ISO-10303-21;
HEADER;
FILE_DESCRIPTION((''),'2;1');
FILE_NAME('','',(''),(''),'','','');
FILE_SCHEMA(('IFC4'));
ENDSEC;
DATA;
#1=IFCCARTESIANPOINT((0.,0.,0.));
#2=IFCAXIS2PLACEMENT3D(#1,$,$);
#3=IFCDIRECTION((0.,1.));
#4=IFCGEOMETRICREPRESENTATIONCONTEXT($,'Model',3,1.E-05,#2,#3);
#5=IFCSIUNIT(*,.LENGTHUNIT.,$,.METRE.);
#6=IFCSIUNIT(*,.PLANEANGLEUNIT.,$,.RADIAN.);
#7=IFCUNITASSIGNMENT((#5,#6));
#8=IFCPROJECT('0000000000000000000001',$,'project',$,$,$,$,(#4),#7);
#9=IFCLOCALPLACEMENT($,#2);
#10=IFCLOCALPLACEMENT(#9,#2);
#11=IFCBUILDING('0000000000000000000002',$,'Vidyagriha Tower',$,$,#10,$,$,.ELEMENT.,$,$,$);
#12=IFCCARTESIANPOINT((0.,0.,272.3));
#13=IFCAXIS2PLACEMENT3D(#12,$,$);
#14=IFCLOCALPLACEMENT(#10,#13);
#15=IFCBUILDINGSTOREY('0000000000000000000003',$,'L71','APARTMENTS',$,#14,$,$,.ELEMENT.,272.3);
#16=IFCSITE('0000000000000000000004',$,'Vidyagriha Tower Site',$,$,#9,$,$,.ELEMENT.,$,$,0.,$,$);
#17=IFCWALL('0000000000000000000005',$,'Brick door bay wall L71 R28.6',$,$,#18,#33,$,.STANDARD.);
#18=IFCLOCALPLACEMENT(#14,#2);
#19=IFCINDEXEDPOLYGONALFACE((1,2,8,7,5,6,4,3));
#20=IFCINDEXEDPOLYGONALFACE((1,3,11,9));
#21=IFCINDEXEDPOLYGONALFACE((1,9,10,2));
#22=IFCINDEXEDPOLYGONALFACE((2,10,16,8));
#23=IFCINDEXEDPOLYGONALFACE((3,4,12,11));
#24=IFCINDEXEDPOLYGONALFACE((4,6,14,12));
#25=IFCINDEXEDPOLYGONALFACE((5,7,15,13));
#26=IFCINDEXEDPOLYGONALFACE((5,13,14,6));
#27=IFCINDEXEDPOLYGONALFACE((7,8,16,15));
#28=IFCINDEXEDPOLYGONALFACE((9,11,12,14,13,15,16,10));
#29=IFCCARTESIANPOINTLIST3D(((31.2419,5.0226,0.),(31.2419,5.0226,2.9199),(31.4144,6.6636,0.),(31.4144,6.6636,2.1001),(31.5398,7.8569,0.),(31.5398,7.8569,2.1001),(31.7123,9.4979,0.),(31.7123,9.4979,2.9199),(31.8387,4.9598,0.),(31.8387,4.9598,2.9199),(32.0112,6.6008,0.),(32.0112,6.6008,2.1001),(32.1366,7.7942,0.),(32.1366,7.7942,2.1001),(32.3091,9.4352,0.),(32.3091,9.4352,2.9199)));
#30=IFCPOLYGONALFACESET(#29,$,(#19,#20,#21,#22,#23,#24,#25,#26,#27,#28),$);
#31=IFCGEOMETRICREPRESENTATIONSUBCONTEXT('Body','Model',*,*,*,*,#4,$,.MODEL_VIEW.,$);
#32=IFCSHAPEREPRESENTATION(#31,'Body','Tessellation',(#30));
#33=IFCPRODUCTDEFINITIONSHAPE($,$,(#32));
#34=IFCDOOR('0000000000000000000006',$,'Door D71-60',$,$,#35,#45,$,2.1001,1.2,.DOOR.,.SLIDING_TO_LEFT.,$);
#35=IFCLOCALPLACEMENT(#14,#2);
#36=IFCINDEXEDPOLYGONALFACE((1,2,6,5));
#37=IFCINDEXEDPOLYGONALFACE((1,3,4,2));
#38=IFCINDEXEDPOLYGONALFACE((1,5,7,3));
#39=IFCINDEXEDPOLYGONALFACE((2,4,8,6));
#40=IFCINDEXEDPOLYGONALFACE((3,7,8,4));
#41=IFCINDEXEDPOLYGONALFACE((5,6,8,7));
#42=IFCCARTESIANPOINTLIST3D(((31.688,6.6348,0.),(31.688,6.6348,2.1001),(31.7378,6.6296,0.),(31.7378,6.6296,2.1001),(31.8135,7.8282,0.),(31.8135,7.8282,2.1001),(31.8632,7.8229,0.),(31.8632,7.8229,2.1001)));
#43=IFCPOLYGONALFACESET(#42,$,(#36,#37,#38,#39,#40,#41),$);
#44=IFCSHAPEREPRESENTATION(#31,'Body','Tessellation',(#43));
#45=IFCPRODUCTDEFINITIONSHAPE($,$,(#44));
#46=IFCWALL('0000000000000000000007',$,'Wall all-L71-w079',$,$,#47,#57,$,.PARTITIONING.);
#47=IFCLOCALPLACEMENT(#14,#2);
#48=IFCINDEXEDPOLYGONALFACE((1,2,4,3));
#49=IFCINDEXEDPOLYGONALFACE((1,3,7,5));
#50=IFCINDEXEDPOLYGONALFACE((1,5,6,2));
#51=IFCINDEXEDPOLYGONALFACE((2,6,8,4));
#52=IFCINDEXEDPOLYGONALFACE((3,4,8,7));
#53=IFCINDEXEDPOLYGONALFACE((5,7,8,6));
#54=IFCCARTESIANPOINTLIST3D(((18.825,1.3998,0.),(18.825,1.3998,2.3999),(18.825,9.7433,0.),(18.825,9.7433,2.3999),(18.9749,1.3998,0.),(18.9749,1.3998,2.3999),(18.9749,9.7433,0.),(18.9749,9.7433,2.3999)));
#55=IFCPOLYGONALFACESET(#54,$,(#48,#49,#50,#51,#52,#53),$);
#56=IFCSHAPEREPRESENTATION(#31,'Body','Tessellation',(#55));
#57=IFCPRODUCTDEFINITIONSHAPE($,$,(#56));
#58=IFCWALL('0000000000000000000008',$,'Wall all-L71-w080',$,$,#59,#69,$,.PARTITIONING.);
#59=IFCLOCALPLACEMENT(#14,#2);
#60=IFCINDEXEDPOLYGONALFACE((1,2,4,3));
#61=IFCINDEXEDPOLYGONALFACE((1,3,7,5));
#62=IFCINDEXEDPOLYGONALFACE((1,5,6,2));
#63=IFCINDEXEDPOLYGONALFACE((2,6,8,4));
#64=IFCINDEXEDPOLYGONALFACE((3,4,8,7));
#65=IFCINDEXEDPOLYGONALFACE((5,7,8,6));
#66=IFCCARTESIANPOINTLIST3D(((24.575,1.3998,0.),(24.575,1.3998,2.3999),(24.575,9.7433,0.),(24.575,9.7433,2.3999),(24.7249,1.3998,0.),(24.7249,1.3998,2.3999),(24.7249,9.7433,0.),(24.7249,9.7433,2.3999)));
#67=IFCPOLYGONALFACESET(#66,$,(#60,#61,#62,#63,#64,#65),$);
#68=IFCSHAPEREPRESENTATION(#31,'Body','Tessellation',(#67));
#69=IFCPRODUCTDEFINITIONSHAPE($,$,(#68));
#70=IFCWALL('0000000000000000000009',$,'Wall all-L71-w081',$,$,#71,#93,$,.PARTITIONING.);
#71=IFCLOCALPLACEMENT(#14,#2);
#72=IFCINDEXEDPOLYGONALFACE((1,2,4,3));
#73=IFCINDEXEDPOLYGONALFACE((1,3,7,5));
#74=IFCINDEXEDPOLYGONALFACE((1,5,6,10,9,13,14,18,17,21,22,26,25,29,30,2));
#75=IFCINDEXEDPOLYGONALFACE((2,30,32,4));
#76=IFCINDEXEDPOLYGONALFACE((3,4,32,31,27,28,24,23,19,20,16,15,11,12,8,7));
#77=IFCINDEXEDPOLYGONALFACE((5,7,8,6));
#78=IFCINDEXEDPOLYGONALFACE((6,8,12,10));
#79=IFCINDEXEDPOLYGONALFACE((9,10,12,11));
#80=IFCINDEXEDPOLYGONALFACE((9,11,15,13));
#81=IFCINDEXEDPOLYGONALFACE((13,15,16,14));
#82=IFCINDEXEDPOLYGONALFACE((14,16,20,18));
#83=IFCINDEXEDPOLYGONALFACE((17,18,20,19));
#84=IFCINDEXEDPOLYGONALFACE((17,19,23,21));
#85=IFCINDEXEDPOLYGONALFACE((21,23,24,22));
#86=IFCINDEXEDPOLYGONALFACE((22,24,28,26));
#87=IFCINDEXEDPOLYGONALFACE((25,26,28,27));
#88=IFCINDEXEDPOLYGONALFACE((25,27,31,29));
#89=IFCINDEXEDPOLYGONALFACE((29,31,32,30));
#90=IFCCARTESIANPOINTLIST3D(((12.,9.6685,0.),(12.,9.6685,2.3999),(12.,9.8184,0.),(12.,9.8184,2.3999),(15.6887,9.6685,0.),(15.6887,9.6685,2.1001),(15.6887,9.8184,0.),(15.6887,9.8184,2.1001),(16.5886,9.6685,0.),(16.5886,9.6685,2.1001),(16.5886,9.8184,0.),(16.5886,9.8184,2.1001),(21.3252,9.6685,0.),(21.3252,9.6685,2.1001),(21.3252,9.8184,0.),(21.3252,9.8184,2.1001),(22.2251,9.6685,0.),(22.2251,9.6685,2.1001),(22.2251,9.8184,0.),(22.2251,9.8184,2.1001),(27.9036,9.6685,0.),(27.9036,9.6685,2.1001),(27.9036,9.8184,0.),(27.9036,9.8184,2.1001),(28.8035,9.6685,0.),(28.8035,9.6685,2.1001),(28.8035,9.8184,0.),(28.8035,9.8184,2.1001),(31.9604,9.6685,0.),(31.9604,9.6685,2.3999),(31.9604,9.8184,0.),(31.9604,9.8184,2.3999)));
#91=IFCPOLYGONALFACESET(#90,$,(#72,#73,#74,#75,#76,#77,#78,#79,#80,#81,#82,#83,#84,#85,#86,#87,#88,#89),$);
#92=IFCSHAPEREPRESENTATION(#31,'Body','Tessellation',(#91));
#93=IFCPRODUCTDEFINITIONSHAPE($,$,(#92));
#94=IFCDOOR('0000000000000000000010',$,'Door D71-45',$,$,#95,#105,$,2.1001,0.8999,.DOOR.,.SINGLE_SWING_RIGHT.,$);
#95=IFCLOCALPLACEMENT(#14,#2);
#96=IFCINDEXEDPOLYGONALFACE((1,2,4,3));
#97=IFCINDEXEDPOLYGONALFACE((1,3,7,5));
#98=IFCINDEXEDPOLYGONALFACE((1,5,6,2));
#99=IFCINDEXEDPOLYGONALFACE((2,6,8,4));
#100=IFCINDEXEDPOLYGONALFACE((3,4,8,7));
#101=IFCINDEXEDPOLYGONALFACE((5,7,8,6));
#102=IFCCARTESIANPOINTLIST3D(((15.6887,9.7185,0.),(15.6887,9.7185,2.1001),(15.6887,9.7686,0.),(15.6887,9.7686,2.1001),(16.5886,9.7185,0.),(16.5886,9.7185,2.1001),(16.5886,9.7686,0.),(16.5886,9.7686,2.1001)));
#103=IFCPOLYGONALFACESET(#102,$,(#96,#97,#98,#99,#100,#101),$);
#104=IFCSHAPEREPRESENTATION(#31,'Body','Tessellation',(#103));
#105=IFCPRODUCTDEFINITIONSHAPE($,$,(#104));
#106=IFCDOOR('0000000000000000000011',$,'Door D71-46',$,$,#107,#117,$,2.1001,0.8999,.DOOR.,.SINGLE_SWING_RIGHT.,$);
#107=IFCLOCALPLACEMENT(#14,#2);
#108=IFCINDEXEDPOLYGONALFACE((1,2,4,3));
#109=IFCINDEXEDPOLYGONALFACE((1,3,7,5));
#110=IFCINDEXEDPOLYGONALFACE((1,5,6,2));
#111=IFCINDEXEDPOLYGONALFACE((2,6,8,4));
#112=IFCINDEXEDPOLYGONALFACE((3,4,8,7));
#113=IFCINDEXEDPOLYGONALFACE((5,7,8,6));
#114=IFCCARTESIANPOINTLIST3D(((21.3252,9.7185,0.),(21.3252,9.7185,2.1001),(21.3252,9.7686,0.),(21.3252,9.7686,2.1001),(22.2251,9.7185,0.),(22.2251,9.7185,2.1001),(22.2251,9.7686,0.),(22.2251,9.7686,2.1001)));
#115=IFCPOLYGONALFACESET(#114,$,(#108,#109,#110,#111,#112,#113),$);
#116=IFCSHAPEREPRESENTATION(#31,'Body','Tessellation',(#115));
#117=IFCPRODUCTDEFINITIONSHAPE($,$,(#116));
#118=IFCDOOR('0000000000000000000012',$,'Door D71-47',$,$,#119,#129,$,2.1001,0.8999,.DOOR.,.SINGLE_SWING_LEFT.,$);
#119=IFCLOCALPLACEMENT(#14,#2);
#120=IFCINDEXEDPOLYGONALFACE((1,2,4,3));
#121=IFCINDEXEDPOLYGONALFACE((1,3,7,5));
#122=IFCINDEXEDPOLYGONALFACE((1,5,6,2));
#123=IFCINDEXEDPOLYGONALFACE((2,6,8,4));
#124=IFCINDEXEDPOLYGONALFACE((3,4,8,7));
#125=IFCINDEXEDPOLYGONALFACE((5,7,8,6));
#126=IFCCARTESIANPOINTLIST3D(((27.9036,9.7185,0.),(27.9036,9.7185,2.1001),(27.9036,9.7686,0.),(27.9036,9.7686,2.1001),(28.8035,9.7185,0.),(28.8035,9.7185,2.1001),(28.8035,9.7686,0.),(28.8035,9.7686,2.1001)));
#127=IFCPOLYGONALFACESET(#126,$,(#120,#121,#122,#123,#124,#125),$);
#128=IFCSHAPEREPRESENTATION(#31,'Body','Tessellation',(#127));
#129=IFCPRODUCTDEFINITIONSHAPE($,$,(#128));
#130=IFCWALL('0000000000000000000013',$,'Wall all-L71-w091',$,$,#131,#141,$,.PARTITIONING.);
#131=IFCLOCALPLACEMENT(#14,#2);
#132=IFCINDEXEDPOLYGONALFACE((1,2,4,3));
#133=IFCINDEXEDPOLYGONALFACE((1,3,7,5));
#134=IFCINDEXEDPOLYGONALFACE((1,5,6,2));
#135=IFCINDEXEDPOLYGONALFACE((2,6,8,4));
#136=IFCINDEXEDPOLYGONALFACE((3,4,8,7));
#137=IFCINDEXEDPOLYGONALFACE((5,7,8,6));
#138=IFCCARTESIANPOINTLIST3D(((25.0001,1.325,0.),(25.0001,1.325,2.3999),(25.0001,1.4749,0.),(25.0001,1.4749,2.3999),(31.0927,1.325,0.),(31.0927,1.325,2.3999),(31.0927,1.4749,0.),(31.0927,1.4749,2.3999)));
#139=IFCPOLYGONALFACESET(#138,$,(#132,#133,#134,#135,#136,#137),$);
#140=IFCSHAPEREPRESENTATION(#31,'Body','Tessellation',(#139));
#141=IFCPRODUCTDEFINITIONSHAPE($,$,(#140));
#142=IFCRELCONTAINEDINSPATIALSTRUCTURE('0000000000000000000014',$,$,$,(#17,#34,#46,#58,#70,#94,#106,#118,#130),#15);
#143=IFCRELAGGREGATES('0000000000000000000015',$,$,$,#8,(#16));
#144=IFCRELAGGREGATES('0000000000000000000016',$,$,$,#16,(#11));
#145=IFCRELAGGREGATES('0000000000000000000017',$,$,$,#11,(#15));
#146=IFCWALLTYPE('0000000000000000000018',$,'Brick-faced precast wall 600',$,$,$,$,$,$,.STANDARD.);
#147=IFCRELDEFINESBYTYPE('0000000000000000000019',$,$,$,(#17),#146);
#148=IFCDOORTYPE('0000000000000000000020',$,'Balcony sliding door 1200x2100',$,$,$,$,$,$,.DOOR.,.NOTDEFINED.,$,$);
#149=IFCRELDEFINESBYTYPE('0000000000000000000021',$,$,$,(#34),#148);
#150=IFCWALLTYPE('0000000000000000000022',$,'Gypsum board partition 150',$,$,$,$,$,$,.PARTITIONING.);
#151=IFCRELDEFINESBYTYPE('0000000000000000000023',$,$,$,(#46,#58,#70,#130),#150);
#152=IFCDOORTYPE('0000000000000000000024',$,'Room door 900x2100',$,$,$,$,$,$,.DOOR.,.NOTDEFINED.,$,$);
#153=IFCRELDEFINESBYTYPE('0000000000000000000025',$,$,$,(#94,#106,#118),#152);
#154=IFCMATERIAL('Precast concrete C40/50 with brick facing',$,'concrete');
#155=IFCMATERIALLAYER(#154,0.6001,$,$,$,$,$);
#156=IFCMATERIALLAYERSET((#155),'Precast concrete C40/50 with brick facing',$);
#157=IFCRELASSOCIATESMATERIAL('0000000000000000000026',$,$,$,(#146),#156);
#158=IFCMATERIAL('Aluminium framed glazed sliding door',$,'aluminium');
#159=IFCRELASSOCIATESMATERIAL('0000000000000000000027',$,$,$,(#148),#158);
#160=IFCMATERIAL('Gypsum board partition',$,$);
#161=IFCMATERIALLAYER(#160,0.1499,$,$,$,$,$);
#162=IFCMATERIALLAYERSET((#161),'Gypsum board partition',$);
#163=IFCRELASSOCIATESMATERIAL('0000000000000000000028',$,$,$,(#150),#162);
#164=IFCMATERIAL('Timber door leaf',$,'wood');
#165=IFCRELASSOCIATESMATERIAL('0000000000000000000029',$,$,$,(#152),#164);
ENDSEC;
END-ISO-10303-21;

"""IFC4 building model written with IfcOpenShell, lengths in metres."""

from ifc_helpers import new_model, si_unit, direction, frame, frame_2d, origin, place, context, subcontext, project, spatial, rectangle, extrude, material, layer, layer_set, type_object, element, fill, save


model = new_model("IFC4")

# Units and contexts
model_context = context("Model", 3, precision=1e-05, world=origin(), true_north=direction((0.0, 1.0)))
body_context = subcontext(model_context, "Body", "Model", "MODEL_VIEW")
ifc_project = project(units=[si_unit("LENGTHUNIT", "METRE"), si_unit("PLANEANGLEUNIT", "RADIAN")], contexts=[model_context])

# Site, building, storey
site_placement = place(None, origin())
site = spatial("IfcSite", under=ifc_project, at=site_placement, Name="Vidyagriha Tower Site", CompositionType="ELEMENT", RefElevation=0.0)
building_placement = place(site_placement, origin())
building = spatial("IfcBuilding", under=site, at=building_placement, Name="Vidyagriha Tower", CompositionType="ELEMENT")
storey_placement = place(building_placement, frame((0.0, 0.0, 272.3)))
storey = spatial("IfcBuildingStorey", under=building, at=storey_placement, Name="L71", Description="APARTMENTS", CompositionType="ELEMENT", Elevation=272.3)

# Wall, opening, door
ifc_material_1 = material(Name="Precast concrete C40/50 with brick facing", Category="concrete")
ifc_layer_1 = layer(ifc_material_1, 0.6001)
ifc_layer_set_1 = layer_set([ifc_layer_1], Name="Precast concrete C40/50 with brick facing")
wall_type_1 = type_object("IfcWallType", Name="Brick-faced precast wall 600", PredefinedType="STANDARD", material=ifc_layer_set_1)
wall_1_placement = place(storey_placement, frame((31.5403, 4.9912, 0.0), z_axis=(0.0, 0.0, 1.0), x_axis=(0.104546, 0.99452, 0.0)))
wall_1 = element("IfcWall", 1, at=wall_1_placement, inside=storey, type_object=wall_type_1, Name="Brick door bay wall L71 R28.6", PredefinedType="STANDARD", context=body_context, shape_type="SweptSolid", body=[
    extrude(rectangle(XDim=4.5, YDim=0.6001, at=frame_2d((2.25, 0.0))), origin(), (0.0, 0.0, 1.0), 2.9199),
])
opening_1_placement = place(wall_1_placement, frame((1.6499, 0.0, 0.0)))
opening_1 = element("IfcOpeningElement", 2, at=opening_1_placement, cuts=wall_1, PredefinedType="OPENING", context=body_context, shape_type="SweptSolid", body=[
    extrude(rectangle(XDim=1.2, YDim=2.1001, at=frame_2d((0.6001, 1.05))), frame((0.0, 0.3101, 0.0), z_axis=(0.0, -1.0, 0.0), x_axis=(1.0, 0.0, 0.0)), (0.0, 0.0, 1.0), 0.6201),
])
ifc_material_2 = material(Name="Aluminium framed glazed sliding door", Category="aluminium")
door_type_1 = type_object("IfcDoorType", Name="Balcony sliding door 1200x2100", OperationType="NOTDEFINED", PredefinedType="DOOR", material=ifc_material_2)
door_1_placement = place(opening_1_placement, origin())
door_1 = element("IfcDoor", 3, at=door_1_placement, inside=storey, type_object=door_type_1, Name="Door D71-60", OperationType="SLIDING_TO_LEFT", OverallHeight=2.1001, OverallWidth=1.2, PredefinedType="DOOR", context=body_context, shape_type="SweptSolid", body=[
    extrude(rectangle(XDim=1.2, YDim=2.1001, at=frame_2d((0.6001, 1.05))), frame((0.0, 0.0249, 0.0), z_axis=(0.0, -1.0, 0.0), x_axis=(1.0, 0.0, 0.0)), (0.0, 0.0, 1.0), 0.05),
])
fill(opening_1, door_1)

# Walls
ifc_material_3 = material(Name="Gypsum board partition")
ifc_layer_2 = layer(ifc_material_3, 0.1499)
ifc_layer_set_2 = layer_set([ifc_layer_2], Name="Gypsum board partition")
wall_type_2 = type_object("IfcWallType", Name="Gypsum board partition 150", PredefinedType="PARTITIONING", material=ifc_layer_set_2)
for number, where, z_axis, x_axis, name in (
    (4, (18.8999, 9.7434, 0.0), (0.0, 0.0, 1.0), (0.0, -1.0, 0.0), "Wall all-L71-w079"),
    (5, (24.6499, 9.7434, 0.0), (0.0, 0.0, 1.0), (0.0, -1.0, 0.0), "Wall all-L71-w080"),
):
    element("IfcWall", number, at=place(storey_placement, frame(where, z_axis=z_axis, x_axis=x_axis)), inside=storey, type_object=wall_type_2, Name=name, PredefinedType="PARTITIONING", context=body_context, shape_type="SweptSolid", body=[
        extrude(rectangle(XDim=8.3435, YDim=0.1499, at=frame_2d((4.1719, 0.0))), origin(), (0.0, 0.0, 1.0), 2.3999),
    ])

# Wall, openings, doors
wall_2_placement = place(storey_placement, frame((31.9604, 9.7434, 0.0), z_axis=(0.0, 0.0, 1.0), x_axis=(-1.0, 0.0, 0.0)))
wall_2 = element("IfcWall", 6, at=wall_2_placement, inside=storey, type_object=wall_type_2, Name="Wall all-L71-w081", PredefinedType="PARTITIONING", context=body_context, shape_type="SweptSolid", body=[
    extrude(rectangle(XDim=19.9604, YDim=0.1499, at=frame_2d((9.9802, 0.0))), origin(), (0.0, 0.0, 1.0), 2.3999),
])
opening_2_placement = place(wall_2_placement, frame((15.3718, 0.0, 0.0)))
opening_2 = element("IfcOpeningElement", 7, at=opening_2_placement, cuts=wall_2, PredefinedType="OPENING", context=body_context, shape_type="SweptSolid", body=[
    extrude(rectangle(XDim=0.8999, YDim=2.1001, at=frame_2d((0.45, 1.05))), frame((0.0, 0.085, 0.0), z_axis=(0.0, -1.0, 0.0), x_axis=(1.0, 0.0, 0.0)), (0.0, 0.0, 1.0), 0.1699),
])
opening_3_placement = place(wall_2_placement, frame((9.7354, 0.0, 0.0)))
opening_3 = element("IfcOpeningElement", 8, at=opening_3_placement, cuts=wall_2, PredefinedType="OPENING", context=body_context, shape_type="SweptSolid", body=[
    extrude(rectangle(XDim=0.8999, YDim=2.1001, at=frame_2d((0.45, 1.05))), frame((0.0, 0.085, 0.0), z_axis=(0.0, -1.0, 0.0), x_axis=(1.0, 0.0, 0.0)), (0.0, 0.0, 1.0), 0.1699),
])
opening_4_placement = place(wall_2_placement, frame((3.157, 0.0, 0.0)))
opening_4 = element("IfcOpeningElement", 9, at=opening_4_placement, cuts=wall_2, PredefinedType="OPENING", context=body_context, shape_type="SweptSolid", body=[
    extrude(rectangle(XDim=0.8999, YDim=2.1001, at=frame_2d((0.45, 1.05))), frame((0.0, 0.085, 0.0), z_axis=(0.0, -1.0, 0.0), x_axis=(1.0, 0.0, 0.0)), (0.0, 0.0, 1.0), 0.1699),
])
ifc_material_4 = material(Name="Timber door leaf", Category="wood")
door_type_2 = type_object("IfcDoorType", Name="Room door 900x2100", OperationType="NOTDEFINED", PredefinedType="DOOR", material=ifc_material_4)
door_2_placement = place(opening_2_placement, origin())
door_2 = element("IfcDoor", 10, at=door_2_placement, inside=storey, type_object=door_type_2, Name="Door D71-45", OperationType="SINGLE_SWING_RIGHT", OverallHeight=2.1001, OverallWidth=0.8999, PredefinedType="DOOR", context=body_context, shape_type="SweptSolid", body=[
    extrude(rectangle(XDim=0.8999, YDim=2.1001, at=frame_2d((0.45, 1.05))), frame((0.0, 0.0249, 0.0), z_axis=(0.0, -1.0, 0.0), x_axis=(1.0, 0.0, 0.0)), (0.0, 0.0, 1.0), 0.05),
])
fill(opening_2, door_2)
door_3_placement = place(opening_3_placement, origin())
door_3 = element("IfcDoor", 11, at=door_3_placement, inside=storey, type_object=door_type_2, Name="Door D71-46", OperationType="SINGLE_SWING_RIGHT", OverallHeight=2.1001, OverallWidth=0.8999, PredefinedType="DOOR", context=body_context, shape_type="SweptSolid", body=[
    extrude(rectangle(XDim=0.8999, YDim=2.1001, at=frame_2d((0.45, 1.05))), frame((0.0, 0.0249, 0.0), z_axis=(0.0, -1.0, 0.0), x_axis=(1.0, 0.0, 0.0)), (0.0, 0.0, 1.0), 0.05),
])
fill(opening_3, door_3)
door_4_placement = place(opening_4_placement, origin())
door_4 = element("IfcDoor", 12, at=door_4_placement, inside=storey, type_object=door_type_2, Name="Door D71-47", OperationType="SINGLE_SWING_LEFT", OverallHeight=2.1001, OverallWidth=0.8999, PredefinedType="DOOR", context=body_context, shape_type="SweptSolid", body=[
    extrude(rectangle(XDim=0.8999, YDim=2.1001, at=frame_2d((0.45, 1.05))), frame((0.0, 0.0249, 0.0), z_axis=(0.0, -1.0, 0.0), x_axis=(1.0, 0.0, 0.0)), (0.0, 0.0, 1.0), 0.05),
])
fill(opening_4, door_4)

# Wall
wall_3_placement = place(storey_placement, frame((25.0, 1.3999, 0.0)))
element("IfcWall", 13, at=wall_3_placement, inside=storey, type_object=wall_type_2, Name="Wall all-L71-w091", PredefinedType="PARTITIONING", context=body_context, shape_type="SweptSolid", body=[
    extrude(rectangle(XDim=6.0925, YDim=0.1499, at=frame_2d((3.0464, 0.0))), origin(), (0.0, 0.0, 1.0), 2.3999),
])

save(model, "model.ifc")
